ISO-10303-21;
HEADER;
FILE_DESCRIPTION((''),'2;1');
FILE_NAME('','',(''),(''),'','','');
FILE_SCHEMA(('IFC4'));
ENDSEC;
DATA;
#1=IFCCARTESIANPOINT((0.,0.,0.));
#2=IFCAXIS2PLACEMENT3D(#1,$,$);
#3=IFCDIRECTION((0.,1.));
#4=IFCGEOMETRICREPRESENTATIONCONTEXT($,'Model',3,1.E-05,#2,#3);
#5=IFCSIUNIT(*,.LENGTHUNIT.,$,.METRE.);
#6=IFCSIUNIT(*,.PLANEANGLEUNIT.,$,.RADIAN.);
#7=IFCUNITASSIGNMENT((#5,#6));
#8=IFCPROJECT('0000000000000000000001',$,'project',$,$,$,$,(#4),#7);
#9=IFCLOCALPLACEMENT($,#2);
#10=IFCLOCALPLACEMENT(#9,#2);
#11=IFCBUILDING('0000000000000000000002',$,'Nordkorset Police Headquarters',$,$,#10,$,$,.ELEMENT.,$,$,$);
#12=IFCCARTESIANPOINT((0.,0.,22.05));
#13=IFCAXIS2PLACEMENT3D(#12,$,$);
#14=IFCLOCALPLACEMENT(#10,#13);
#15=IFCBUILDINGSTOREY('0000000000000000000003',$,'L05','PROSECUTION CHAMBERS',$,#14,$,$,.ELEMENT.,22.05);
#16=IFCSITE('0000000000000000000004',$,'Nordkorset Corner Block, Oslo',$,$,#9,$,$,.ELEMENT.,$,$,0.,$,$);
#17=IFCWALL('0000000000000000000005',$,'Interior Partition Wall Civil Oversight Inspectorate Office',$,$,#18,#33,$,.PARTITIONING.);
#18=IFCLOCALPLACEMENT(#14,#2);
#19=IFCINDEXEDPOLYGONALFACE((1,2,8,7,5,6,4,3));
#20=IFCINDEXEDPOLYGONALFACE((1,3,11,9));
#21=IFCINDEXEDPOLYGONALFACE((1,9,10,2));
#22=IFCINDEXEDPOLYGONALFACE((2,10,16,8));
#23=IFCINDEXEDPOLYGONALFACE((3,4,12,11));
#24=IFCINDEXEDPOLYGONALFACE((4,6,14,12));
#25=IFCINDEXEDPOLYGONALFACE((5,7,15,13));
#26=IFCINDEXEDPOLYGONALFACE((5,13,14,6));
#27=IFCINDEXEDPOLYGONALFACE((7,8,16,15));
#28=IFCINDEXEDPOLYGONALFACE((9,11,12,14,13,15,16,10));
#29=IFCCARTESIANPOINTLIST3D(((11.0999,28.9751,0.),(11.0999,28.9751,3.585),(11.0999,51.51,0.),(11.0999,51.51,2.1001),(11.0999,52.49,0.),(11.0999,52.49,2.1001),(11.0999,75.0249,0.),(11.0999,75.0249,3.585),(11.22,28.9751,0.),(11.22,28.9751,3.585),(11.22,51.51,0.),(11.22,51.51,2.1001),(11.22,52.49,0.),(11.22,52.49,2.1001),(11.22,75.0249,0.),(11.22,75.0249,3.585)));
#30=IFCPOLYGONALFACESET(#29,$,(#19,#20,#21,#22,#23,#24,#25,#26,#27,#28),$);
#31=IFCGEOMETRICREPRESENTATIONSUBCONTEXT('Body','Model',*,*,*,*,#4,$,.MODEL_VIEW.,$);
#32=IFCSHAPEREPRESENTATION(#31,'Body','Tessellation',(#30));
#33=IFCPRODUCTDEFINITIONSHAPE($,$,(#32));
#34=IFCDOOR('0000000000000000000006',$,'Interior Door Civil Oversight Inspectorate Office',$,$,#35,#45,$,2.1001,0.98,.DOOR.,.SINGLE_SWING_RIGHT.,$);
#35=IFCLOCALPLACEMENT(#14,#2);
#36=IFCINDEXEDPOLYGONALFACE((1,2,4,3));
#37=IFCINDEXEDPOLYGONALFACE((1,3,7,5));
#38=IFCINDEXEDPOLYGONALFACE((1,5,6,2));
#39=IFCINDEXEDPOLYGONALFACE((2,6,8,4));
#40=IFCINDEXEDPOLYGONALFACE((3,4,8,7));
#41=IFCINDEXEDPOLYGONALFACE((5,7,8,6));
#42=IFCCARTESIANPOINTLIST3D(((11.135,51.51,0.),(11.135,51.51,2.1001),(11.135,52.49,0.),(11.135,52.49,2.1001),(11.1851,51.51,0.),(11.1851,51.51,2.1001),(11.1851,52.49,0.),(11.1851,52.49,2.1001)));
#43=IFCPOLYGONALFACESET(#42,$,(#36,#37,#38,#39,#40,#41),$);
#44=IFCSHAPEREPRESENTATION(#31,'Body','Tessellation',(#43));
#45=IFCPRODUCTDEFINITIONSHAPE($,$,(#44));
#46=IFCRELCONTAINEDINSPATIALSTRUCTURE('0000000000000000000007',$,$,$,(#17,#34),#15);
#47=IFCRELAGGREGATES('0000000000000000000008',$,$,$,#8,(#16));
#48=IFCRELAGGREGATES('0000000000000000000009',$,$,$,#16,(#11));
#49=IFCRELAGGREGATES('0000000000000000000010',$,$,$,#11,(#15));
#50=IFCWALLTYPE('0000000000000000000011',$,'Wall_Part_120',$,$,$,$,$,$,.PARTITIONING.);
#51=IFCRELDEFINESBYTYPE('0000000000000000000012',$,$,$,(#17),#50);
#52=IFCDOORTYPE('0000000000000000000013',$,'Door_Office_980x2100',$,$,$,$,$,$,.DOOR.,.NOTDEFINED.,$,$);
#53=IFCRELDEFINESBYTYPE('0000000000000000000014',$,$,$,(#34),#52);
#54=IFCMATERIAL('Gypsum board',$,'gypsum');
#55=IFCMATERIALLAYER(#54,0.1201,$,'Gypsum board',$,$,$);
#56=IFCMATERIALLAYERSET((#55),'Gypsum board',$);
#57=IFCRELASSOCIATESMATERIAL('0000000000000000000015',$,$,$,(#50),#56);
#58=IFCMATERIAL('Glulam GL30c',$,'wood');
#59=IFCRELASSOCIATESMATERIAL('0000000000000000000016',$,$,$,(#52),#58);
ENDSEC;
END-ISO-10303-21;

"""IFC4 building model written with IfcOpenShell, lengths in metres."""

from ifc_helpers import new_model, si_unit, direction, frame, frame_2d, origin, place, context, subcontext, project, spatial, rectangle, extrude, material, layer, layer_set, type_object, element, fill, save


model = new_model("IFC4")

# Units and contexts
model_context = context("Model", 3, precision=1e-05, world=origin(), true_north=direction((0.0, 1.0)))
body_context = subcontext(model_context, "Body", "Model", "MODEL_VIEW")
ifc_project = project(units=[si_unit("LENGTHUNIT", "METRE"), si_unit("PLANEANGLEUNIT", "RADIAN")], contexts=[model_context])

# Site, building, storey
site_placement = place(None, origin())
site = spatial("IfcSite", under=ifc_project, at=site_placement, Name="Nordkorset Corner Block, Oslo", CompositionType="ELEMENT", RefElevation=0.0)
building_placement = place(site_placement, origin())
building = spatial("IfcBuilding", under=site, at=building_placement, Name="Nordkorset Police Headquarters", CompositionType="ELEMENT")
storey_placement = place(building_placement, frame((0.0, 0.0, 22.05)))
storey = spatial("IfcBuildingStorey", under=building, at=storey_placement, Name="L05", Description="PROSECUTION CHAMBERS", CompositionType="ELEMENT", Elevation=22.05)

# Wall, opening, door
ifc_material_1 = material(Name="Gypsum board", Category="gypsum")
ifc_layer_1 = layer(ifc_material_1, 0.1201, Name="Gypsum board")
ifc_layer_set_1 = layer_set([ifc_layer_1], Name="Gypsum board")
wall_type = type_object("IfcWallType", Name="Wall_Part_120", PredefinedType="PARTITIONING", material=ifc_layer_set_1)
wall_placement = place(storey_placement, frame((11.1599, 75.0249, 0.0), z_axis=(0.0, 0.0, 1.0), x_axis=(0.0, -1.0, 0.0)))
wall = element("IfcWall", 1, at=wall_placement, inside=storey, type_object=wall_type, Name="Interior Partition Wall Civil Oversight Inspectorate Office", PredefinedType="PARTITIONING", context=body_context, shape_type="SweptSolid", body=[
    extrude(rectangle(XDim=46.0498, YDim=0.1201, at=frame_2d((23.0249, 0.0))), origin(), (0.0, 0.0, 1.0), 3.585),
])
opening_placement = place(wall_placement, frame((22.5349, 0.0, 0.0)))
opening = element("IfcOpeningElement", 2, at=opening_placement, cuts=wall, PredefinedType="OPENING", context=body_context, shape_type="SweptSolid", body=[
    extrude(rectangle(XDim=0.98, YDim=2.1001, at=frame_2d((0.49, 1.05))), frame((0.0, 0.0701, 0.0), z_axis=(0.0, -1.0, 0.0), x_axis=(1.0, 0.0, 0.0)), (0.0, 0.0, 1.0), 0.1401),
])
ifc_material_2 = material(Name="Glulam GL30c", Category="wood")
door_type = type_object("IfcDoorType", Name="Door_Office_980x2100", OperationType="NOTDEFINED", PredefinedType="DOOR", material=ifc_material_2)
door_placement = place(opening_placement, frame((0.98, 0.0, 0.0), z_axis=(0.0, 0.0, 1.0), x_axis=(-1.0, 0.0, 0.0)))
door = element("IfcDoor", 3, at=door_placement, inside=storey, type_object=door_type, Name="Interior Door Civil Oversight Inspectorate Office", OperationType="SINGLE_SWING_RIGHT", OverallHeight=2.1001, OverallWidth=0.98, PredefinedType="DOOR", context=body_context, shape_type="SweptSolid", body=[
    extrude(rectangle(XDim=0.98, YDim=2.1001, at=frame_2d((0.49, 1.05))), frame((0.0, 0.0249, 0.0), z_axis=(0.0, -1.0, 0.0), x_axis=(1.0, 0.0, 0.0)), (0.0, 0.0, 1.0), 0.05),
])
fill(opening, door)

save(model, "model.ifc")
